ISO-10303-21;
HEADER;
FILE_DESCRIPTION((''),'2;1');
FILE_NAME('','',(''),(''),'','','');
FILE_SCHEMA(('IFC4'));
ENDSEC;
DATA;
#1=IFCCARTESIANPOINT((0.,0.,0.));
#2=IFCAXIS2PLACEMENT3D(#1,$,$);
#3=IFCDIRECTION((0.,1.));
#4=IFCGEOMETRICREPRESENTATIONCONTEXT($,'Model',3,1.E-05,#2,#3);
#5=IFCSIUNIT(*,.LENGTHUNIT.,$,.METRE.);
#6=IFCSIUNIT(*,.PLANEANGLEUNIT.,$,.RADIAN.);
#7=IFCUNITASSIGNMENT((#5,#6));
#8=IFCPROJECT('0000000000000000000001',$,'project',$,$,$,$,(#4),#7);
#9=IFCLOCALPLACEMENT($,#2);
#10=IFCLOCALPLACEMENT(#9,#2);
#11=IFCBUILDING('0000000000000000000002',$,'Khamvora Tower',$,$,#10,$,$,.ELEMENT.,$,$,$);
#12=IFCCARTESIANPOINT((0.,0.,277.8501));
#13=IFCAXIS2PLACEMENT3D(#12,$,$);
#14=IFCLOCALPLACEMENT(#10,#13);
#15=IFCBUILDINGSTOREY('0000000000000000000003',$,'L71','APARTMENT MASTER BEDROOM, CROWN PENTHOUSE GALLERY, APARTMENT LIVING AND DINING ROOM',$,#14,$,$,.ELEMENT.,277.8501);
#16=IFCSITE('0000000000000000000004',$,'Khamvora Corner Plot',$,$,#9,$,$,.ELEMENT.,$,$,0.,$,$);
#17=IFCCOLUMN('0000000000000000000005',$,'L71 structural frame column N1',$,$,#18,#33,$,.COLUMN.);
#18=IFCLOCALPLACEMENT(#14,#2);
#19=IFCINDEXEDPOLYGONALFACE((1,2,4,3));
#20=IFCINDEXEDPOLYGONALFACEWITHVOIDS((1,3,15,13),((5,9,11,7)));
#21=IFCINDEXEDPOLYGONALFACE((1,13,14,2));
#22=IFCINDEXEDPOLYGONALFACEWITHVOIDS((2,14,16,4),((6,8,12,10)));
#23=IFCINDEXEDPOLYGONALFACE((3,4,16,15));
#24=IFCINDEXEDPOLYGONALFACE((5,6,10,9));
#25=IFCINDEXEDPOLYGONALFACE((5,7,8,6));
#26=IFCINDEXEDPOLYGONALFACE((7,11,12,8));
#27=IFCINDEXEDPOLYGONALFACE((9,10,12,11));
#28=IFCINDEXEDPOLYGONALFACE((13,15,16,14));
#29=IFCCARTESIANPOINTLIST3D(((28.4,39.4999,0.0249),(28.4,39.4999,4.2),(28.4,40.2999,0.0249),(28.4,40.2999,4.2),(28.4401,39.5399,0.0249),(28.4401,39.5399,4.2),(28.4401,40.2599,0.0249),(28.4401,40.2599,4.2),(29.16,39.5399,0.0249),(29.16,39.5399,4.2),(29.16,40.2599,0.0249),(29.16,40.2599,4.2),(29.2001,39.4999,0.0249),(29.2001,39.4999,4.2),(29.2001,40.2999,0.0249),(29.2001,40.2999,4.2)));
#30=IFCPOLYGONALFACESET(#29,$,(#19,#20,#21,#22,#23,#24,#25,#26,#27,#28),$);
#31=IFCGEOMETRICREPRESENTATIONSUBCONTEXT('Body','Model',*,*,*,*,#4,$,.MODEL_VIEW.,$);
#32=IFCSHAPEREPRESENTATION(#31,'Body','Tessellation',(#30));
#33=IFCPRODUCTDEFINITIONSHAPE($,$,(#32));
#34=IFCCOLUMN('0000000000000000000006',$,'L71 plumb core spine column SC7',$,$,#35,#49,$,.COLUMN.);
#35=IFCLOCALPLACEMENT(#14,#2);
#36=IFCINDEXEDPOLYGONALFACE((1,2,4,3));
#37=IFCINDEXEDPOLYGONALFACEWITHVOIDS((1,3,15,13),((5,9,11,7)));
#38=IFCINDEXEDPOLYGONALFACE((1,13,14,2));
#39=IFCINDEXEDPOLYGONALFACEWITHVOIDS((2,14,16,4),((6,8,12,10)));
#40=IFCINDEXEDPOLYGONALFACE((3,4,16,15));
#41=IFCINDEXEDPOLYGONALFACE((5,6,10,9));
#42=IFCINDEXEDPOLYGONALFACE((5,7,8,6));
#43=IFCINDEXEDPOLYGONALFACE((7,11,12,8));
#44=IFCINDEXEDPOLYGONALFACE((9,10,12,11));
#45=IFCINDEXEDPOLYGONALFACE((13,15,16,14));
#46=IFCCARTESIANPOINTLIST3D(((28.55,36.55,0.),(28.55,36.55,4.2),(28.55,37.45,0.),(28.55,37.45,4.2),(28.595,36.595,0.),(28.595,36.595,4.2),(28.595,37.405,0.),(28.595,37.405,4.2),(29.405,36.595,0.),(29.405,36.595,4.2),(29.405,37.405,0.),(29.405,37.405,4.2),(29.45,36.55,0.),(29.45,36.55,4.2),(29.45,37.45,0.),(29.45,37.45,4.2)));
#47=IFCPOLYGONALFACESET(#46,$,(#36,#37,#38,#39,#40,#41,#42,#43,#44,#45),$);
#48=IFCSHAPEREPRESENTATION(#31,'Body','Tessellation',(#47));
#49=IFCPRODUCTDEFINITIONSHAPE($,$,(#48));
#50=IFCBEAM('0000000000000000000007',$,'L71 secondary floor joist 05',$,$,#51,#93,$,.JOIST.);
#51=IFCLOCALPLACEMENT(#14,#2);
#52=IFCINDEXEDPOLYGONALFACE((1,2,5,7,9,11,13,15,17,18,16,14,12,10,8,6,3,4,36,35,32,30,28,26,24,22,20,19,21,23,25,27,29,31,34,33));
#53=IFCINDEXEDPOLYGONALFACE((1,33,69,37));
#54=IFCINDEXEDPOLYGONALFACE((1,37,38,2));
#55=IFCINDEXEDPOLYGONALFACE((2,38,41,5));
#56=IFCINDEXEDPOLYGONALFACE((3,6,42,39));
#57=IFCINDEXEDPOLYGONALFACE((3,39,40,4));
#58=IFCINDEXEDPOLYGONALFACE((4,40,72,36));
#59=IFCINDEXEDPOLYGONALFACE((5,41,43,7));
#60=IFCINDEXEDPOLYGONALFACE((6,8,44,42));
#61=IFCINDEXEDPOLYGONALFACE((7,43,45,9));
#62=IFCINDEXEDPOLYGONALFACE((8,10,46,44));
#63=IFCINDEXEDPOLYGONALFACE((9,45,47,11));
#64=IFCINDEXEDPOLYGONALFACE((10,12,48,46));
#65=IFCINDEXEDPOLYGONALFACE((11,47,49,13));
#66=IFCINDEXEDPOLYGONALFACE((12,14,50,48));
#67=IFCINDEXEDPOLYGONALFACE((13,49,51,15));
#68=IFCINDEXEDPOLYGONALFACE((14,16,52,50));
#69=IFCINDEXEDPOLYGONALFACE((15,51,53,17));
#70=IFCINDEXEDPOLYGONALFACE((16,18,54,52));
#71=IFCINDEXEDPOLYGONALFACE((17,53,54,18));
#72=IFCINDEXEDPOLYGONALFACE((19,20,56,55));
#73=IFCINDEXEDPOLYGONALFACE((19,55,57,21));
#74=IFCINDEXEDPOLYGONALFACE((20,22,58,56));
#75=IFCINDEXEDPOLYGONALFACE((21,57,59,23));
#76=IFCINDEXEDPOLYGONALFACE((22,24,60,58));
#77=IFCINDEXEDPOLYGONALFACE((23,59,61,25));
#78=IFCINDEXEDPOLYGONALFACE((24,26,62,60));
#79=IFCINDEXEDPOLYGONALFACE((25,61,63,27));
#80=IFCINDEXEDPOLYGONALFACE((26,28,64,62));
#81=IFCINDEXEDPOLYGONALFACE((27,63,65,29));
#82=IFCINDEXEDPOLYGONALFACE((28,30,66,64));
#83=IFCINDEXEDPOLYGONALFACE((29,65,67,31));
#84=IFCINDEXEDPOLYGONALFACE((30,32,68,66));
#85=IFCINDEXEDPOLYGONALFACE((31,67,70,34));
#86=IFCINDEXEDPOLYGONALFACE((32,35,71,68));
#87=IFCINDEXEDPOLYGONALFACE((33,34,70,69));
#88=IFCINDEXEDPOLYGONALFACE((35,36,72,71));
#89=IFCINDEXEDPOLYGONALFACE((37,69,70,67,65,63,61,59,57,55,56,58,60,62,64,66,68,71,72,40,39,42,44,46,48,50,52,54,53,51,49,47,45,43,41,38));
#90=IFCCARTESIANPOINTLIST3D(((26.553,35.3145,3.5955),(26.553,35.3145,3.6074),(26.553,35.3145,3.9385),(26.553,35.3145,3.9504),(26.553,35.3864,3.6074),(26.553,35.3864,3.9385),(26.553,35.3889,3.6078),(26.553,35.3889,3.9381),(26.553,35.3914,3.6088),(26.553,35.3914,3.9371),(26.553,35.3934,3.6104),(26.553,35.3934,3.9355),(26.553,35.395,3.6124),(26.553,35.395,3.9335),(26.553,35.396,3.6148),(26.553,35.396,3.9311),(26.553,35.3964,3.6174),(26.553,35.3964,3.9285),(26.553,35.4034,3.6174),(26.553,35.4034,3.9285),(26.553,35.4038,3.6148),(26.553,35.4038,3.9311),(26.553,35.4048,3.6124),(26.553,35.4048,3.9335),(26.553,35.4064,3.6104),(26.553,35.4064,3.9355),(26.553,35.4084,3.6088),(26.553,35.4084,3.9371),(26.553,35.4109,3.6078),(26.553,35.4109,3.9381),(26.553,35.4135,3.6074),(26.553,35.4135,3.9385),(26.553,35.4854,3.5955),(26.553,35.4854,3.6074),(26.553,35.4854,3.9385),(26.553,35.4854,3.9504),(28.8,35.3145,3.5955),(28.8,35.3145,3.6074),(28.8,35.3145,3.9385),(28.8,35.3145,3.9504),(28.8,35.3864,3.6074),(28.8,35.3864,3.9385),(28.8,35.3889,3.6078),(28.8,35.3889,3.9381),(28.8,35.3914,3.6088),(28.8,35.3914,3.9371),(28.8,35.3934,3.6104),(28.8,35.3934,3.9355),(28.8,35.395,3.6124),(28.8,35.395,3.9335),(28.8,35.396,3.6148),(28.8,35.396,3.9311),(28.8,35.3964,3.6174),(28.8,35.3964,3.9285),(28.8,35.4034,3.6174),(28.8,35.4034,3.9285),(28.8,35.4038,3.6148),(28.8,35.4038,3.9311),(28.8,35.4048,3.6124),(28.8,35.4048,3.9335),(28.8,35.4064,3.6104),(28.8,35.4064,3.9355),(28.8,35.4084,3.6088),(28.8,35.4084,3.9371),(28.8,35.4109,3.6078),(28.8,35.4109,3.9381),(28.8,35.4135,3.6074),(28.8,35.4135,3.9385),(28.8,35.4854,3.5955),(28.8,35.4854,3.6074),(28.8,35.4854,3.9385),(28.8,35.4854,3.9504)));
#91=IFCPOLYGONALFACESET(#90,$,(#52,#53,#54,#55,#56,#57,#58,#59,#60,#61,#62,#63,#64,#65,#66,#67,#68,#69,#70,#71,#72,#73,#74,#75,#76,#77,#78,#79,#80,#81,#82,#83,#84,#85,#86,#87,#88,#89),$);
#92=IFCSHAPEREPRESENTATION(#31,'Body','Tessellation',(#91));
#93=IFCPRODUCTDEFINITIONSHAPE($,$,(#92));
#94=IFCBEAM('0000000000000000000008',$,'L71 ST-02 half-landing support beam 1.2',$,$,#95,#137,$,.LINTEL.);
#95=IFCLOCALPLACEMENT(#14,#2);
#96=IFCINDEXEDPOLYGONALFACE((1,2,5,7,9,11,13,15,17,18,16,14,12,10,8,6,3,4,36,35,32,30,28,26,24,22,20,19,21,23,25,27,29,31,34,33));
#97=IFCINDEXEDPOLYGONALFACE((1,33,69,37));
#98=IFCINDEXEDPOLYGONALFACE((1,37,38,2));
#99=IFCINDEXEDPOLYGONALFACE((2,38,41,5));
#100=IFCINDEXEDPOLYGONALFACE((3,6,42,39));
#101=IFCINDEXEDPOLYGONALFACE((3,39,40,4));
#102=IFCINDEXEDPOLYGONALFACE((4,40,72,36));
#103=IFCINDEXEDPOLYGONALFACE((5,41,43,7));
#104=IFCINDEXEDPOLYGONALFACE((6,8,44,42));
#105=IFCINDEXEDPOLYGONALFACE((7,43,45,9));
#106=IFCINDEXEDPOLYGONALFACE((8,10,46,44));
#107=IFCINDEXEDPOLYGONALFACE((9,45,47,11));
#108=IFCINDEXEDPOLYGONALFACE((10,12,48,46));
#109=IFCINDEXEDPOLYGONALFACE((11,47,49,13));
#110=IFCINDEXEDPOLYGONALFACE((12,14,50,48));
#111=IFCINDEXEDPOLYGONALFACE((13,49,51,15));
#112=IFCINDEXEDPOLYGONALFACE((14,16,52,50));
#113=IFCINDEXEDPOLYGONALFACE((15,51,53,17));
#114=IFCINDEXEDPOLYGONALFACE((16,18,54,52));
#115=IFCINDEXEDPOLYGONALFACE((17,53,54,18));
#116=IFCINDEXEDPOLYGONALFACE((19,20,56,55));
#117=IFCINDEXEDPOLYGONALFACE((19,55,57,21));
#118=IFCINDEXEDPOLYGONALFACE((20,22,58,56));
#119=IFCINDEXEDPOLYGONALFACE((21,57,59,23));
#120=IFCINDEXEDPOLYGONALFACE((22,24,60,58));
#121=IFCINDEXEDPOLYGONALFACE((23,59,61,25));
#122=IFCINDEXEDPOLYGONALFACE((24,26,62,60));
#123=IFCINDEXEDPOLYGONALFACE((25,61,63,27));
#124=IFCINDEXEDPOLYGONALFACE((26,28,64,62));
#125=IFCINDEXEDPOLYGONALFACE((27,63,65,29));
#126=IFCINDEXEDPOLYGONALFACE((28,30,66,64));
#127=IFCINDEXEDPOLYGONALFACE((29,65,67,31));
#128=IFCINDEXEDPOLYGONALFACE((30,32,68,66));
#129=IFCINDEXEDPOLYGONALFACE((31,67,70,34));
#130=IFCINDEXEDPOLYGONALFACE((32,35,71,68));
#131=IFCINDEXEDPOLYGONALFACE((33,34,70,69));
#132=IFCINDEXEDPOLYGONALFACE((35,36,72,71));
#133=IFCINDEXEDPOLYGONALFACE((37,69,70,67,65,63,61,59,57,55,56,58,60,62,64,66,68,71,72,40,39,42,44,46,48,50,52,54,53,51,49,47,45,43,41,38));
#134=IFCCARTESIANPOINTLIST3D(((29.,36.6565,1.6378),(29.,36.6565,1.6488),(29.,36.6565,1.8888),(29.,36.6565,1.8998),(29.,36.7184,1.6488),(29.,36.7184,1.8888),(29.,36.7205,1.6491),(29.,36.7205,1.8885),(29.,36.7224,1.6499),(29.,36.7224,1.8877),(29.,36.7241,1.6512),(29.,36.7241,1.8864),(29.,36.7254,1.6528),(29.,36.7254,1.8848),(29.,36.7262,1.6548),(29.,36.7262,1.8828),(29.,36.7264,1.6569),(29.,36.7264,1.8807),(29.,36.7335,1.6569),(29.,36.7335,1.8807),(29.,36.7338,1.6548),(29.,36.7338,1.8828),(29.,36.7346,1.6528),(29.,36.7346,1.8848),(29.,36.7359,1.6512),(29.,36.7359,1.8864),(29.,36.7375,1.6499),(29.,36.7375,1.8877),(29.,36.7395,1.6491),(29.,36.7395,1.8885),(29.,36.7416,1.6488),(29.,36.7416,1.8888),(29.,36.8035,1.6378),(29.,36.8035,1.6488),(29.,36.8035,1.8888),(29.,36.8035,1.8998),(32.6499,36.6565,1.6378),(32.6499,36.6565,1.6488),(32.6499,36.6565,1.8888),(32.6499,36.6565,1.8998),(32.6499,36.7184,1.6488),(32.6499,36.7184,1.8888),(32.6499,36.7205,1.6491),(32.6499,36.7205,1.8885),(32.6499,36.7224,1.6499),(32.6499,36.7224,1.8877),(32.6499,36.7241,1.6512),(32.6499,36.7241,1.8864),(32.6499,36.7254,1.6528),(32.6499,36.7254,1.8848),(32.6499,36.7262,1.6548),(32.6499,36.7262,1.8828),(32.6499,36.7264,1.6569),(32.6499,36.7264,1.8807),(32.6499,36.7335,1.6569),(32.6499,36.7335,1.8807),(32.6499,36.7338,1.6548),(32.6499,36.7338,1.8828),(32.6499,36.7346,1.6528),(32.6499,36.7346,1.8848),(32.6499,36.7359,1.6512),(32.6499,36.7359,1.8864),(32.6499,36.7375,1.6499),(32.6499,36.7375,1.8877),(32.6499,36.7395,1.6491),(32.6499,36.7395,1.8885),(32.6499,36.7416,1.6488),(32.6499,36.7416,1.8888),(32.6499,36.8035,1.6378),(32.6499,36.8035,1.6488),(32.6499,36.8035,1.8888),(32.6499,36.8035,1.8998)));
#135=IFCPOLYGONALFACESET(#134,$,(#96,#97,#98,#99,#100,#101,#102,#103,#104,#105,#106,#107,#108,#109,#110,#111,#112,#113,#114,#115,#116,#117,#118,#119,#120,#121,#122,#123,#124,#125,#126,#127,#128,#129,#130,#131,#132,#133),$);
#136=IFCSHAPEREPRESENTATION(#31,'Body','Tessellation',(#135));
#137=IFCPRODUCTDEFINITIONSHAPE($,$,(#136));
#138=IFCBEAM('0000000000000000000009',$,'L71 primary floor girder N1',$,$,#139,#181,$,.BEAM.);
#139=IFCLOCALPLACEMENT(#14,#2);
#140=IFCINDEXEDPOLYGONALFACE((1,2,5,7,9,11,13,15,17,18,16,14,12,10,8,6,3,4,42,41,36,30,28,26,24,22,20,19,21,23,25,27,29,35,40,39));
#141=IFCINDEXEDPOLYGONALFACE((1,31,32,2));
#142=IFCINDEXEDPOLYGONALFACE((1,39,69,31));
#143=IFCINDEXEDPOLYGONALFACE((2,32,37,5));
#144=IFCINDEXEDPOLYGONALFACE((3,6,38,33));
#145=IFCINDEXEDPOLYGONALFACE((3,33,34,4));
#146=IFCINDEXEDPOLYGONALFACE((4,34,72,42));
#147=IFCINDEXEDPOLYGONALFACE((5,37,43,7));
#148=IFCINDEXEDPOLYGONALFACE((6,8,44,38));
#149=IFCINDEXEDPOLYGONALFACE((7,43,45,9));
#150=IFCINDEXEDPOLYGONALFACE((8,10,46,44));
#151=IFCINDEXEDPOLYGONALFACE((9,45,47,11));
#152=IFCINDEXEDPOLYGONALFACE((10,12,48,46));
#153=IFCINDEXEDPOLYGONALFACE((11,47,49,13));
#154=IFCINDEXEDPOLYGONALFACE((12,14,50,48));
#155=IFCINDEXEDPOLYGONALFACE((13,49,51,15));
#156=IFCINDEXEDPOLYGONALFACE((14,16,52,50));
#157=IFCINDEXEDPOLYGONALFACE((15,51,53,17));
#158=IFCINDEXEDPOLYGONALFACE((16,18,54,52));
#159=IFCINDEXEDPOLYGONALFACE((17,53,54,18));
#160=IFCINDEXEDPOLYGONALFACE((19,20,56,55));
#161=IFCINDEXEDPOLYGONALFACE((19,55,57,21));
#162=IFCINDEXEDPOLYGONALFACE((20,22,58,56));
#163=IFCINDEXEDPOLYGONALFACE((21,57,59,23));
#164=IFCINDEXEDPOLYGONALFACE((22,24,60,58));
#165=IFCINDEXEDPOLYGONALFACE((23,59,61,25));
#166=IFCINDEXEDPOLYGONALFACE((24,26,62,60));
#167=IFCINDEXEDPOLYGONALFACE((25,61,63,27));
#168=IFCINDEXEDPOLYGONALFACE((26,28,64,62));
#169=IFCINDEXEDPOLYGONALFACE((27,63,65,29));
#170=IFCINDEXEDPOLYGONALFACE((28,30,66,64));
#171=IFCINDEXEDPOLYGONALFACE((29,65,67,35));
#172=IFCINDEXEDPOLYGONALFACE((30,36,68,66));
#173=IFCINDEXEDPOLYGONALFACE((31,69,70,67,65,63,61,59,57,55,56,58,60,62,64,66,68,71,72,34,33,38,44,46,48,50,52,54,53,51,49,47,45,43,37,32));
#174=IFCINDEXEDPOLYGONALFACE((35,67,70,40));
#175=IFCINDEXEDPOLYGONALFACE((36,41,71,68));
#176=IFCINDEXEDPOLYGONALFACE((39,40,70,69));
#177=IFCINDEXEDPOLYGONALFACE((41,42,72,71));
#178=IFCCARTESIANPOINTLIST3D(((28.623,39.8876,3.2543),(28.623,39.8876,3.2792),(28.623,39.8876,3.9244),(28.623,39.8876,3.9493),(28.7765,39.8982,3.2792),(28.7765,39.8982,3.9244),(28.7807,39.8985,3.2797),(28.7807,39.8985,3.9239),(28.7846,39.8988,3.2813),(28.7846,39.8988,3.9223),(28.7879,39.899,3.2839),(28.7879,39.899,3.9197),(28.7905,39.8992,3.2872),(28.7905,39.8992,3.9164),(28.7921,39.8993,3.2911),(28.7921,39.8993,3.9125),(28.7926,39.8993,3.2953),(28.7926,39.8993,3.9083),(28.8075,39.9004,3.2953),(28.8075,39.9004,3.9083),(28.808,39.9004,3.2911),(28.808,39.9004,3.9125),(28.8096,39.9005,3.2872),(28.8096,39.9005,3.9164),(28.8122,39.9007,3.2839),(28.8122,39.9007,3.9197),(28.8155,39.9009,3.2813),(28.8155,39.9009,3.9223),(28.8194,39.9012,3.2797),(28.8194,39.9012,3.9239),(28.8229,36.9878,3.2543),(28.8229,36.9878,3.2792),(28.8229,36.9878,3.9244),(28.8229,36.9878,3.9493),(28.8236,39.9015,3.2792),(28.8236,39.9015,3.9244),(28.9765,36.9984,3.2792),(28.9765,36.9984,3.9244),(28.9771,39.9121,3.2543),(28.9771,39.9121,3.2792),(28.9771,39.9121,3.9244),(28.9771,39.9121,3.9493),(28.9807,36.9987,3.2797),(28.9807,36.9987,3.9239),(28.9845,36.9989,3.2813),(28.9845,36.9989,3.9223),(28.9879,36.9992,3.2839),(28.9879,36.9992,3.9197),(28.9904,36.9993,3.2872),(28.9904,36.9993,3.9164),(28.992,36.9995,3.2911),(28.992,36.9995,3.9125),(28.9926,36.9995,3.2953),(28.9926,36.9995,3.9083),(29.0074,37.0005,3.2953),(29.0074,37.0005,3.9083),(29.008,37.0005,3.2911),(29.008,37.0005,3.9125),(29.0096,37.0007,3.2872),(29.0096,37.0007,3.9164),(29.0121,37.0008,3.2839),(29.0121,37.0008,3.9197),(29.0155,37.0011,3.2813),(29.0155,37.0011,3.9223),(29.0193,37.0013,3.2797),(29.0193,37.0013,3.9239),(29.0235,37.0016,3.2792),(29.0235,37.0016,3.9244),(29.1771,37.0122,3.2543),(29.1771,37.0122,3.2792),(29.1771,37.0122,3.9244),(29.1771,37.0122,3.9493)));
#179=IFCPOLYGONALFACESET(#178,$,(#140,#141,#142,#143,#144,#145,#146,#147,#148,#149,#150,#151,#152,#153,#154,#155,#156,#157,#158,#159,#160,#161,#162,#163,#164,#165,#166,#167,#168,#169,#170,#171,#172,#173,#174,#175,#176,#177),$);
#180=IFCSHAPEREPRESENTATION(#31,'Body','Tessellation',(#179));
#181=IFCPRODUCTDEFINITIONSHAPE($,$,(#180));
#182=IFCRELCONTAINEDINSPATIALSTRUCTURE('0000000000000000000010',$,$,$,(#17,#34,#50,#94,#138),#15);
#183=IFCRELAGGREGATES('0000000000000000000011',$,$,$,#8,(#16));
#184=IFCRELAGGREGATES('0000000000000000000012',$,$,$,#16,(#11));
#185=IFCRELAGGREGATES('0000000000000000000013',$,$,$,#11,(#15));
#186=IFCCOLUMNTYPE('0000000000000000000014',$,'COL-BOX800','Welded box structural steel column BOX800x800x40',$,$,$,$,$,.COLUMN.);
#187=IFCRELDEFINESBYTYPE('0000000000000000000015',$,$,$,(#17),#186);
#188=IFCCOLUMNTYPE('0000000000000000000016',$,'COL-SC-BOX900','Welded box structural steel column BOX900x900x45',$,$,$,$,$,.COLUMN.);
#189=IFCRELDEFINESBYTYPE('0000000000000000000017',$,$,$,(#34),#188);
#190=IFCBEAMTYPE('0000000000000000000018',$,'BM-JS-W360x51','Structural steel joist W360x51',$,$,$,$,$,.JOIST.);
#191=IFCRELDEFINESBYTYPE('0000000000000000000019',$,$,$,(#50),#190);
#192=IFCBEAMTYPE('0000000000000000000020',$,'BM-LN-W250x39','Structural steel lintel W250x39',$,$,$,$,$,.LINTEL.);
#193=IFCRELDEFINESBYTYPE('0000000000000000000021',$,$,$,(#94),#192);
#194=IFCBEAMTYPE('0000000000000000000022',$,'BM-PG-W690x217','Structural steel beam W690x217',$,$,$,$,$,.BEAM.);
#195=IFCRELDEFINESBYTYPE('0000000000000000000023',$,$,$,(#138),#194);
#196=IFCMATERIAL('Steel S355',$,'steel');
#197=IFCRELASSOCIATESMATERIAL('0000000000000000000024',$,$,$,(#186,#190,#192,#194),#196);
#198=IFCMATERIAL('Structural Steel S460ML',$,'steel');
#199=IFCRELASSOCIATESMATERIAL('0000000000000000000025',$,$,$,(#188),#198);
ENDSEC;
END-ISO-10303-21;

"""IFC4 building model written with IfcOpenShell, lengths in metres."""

from ifc_helpers import new_model, si_unit, direction, frame, origin, origin_2d, place, context, subcontext, project, spatial, hollow_rectangle, i_section, extrude, material, material_profile, profile_set, type_object, element, save


model = new_model("IFC4")

# Units and contexts
model_context = context("Model", 3, precision=1e-05, world=origin(), true_north=direction((0.0, 1.0)))
body_context = subcontext(model_context, "Body", "Model", "MODEL_VIEW")
ifc_project = project(units=[si_unit("LENGTHUNIT", "METRE"), si_unit("PLANEANGLEUNIT", "RADIAN")], contexts=[model_context])

# Site, building, storey
site_placement = place(None, origin())
site = spatial("IfcSite", under=ifc_project, at=site_placement, Name="Khamvora Corner Plot", CompositionType="ELEMENT", RefElevation=0.0)
building_placement = place(site_placement, origin())
building = spatial("IfcBuilding", under=site, at=building_placement, Name="Khamvora Tower", CompositionType="ELEMENT")
storey_placement = place(building_placement, frame((0.0, 0.0, 277.8501)))
storey = spatial("IfcBuildingStorey", under=building, at=storey_placement, Name="L71", Description="APARTMENT MASTER BEDROOM, CROWN PENTHOUSE GALLERY, APARTMENT LIVING AND DINING ROOM", CompositionType="ELEMENT", Elevation=277.8501)

# Columns
ifc_material_1 = material(Name="Steel S355", Category="steel")
ifc_material_profile_1 = material_profile(ifc_material_1, hollow_rectangle(XDim=0.8, YDim=0.8, WallThickness=0.04, at=origin_2d()), Name="BOX800x800x40")
ifc_profile_set_1 = profile_set([ifc_material_profile_1], Name="Steel S355")
column_type_1 = type_object("IfcColumnType", Name="COL-BOX800", Description="Welded box structural steel column BOX800x800x40", PredefinedType="COLUMN", material=ifc_profile_set_1)
column_1_placement = place(storey_placement, frame((28.8, 39.8999, 0.0249), z_axis=(0.0, 0.0, 1.0), x_axis=(1.0, 0.0, 0.0)))
element("IfcColumn", 1, at=column_1_placement, inside=storey, type_object=column_type_1, Name="L71 structural frame column N1", PredefinedType="COLUMN", context=body_context, shape_type="SweptSolid", body=[
    extrude(hollow_rectangle(XDim=0.8, YDim=0.8, WallThickness=0.04, at=origin_2d()), origin(), (0.0, 0.0, 1.0), 4.175),
])
ifc_material_2 = material(Name="Structural Steel S460ML", Category="steel")
ifc_material_profile_2 = material_profile(ifc_material_2, hollow_rectangle(XDim=0.8999, YDim=0.8999, WallThickness=0.0449, at=origin_2d()), Name="BOX900x900x45")
ifc_profile_set_2 = profile_set([ifc_material_profile_2], Name="Structural Steel S460ML")
column_type_2 = type_object("IfcColumnType", Name="COL-SC-BOX900", Description="Welded box structural steel column BOX900x900x45", PredefinedType="COLUMN", material=ifc_profile_set_2)
column_2_placement = place(storey_placement, frame((29.0, 37.0, 0.0), z_axis=(0.0, 0.0, 1.0), x_axis=(1.0, 0.0, 0.0)))
element("IfcColumn", 2, at=column_2_placement, inside=storey, type_object=column_type_2, Name="L71 plumb core spine column SC7", PredefinedType="COLUMN", context=body_context, shape_type="SweptSolid", body=[
    extrude(hollow_rectangle(XDim=0.8999, YDim=0.8999, WallThickness=0.0449, at=origin_2d()), origin(), (0.0, 0.0, 1.0), 4.2),
])

# Beams
ifc_material_profile_3 = material_profile(ifc_material_1, i_section(OverallWidth=0.1709, OverallDepth=0.355, WebThickness=0.0071, FlangeThickness=0.012, FilletRadius=0.01, at=origin_2d()), Name="W360x51")
ifc_profile_set_3 = profile_set([ifc_material_profile_3], Name="Steel S355")
beam_type_1 = type_object("IfcBeamType", Name="BM-JS-W360x51", Description="Structural steel joist W360x51", PredefinedType="JOIST", material=ifc_profile_set_3)
beam_1_placement = place(storey_placement, frame((26.553, 35.3999, 3.7729), z_axis=(1.0, 0.0, 0.0), x_axis=(0.0, 1.0, 0.0)))
element("IfcBeam", 3, at=beam_1_placement, inside=storey, type_object=beam_type_1, Name="L71 secondary floor joist 05", PredefinedType="JOIST", context=body_context, shape_type="SweptSolid", body=[
    extrude(i_section(OverallWidth=0.1709, OverallDepth=0.355, WebThickness=0.0071, FlangeThickness=0.012, FilletRadius=0.01, at=origin_2d()), origin(), (0.0, 0.0, 1.0), 2.2471),
])
ifc_material_profile_4 = material_profile(ifc_material_1, i_section(OverallWidth=0.147, OverallDepth=0.262, WebThickness=0.0071, FlangeThickness=0.011, FilletRadius=0.0081, at=origin_2d()), Name="W250x39")
ifc_profile_set_4 = profile_set([ifc_material_profile_4], Name="Steel S355")
beam_type_2 = type_object("IfcBeamType", Name="BM-LN-W250x39", Description="Structural steel lintel W250x39", PredefinedType="LINTEL", material=ifc_profile_set_4)
beam_2_placement = place(storey_placement, frame((29.0, 36.73, 1.7688), z_axis=(1.0, 0.0, 0.0), x_axis=(0.0, 1.0, 0.0)))
element("IfcBeam", 4, at=beam_2_placement, inside=storey, type_object=beam_type_2, Name="L71 ST-02 half-landing support beam 1.2", PredefinedType="LINTEL", context=body_context, shape_type="SweptSolid", body=[
    extrude(i_section(OverallWidth=0.147, OverallDepth=0.262, WebThickness=0.0071, FlangeThickness=0.011, FilletRadius=0.0081, at=origin_2d()), origin(), (0.0, 0.0, 1.0), 3.6499),
])
ifc_material_profile_5 = material_profile(ifc_material_1, i_section(OverallWidth=0.355, OverallDepth=0.6951, WebThickness=0.0149, FlangeThickness=0.0249, FilletRadius=0.0161, at=origin_2d()), Name="W690x217")
ifc_profile_set_5 = profile_set([ifc_material_profile_5], Name="Steel S355")
beam_type_3 = type_object("IfcBeamType", Name="BM-PG-W690x217", Description="Structural steel beam W690x217", PredefinedType="BEAM", material=ifc_profile_set_5)
beam_3_placement = place(storey_placement, frame((29.0, 37.0, 3.6018), z_axis=(-0.068788, 0.997631, 0.0), x_axis=(-0.997631, -0.068788, 0.0)))
element("IfcBeam", 5, at=beam_3_placement, inside=storey, type_object=beam_type_3, Name="L71 primary floor girder N1", PredefinedType="BEAM", context=body_context, shape_type="SweptSolid", body=[
    extrude(i_section(OverallWidth=0.355, OverallDepth=0.6951, WebThickness=0.0149, FlangeThickness=0.0249, FilletRadius=0.0161, at=origin_2d()), origin(), (0.0, 0.0, 1.0), 2.9067),
])

save(model, "model.ifc")
